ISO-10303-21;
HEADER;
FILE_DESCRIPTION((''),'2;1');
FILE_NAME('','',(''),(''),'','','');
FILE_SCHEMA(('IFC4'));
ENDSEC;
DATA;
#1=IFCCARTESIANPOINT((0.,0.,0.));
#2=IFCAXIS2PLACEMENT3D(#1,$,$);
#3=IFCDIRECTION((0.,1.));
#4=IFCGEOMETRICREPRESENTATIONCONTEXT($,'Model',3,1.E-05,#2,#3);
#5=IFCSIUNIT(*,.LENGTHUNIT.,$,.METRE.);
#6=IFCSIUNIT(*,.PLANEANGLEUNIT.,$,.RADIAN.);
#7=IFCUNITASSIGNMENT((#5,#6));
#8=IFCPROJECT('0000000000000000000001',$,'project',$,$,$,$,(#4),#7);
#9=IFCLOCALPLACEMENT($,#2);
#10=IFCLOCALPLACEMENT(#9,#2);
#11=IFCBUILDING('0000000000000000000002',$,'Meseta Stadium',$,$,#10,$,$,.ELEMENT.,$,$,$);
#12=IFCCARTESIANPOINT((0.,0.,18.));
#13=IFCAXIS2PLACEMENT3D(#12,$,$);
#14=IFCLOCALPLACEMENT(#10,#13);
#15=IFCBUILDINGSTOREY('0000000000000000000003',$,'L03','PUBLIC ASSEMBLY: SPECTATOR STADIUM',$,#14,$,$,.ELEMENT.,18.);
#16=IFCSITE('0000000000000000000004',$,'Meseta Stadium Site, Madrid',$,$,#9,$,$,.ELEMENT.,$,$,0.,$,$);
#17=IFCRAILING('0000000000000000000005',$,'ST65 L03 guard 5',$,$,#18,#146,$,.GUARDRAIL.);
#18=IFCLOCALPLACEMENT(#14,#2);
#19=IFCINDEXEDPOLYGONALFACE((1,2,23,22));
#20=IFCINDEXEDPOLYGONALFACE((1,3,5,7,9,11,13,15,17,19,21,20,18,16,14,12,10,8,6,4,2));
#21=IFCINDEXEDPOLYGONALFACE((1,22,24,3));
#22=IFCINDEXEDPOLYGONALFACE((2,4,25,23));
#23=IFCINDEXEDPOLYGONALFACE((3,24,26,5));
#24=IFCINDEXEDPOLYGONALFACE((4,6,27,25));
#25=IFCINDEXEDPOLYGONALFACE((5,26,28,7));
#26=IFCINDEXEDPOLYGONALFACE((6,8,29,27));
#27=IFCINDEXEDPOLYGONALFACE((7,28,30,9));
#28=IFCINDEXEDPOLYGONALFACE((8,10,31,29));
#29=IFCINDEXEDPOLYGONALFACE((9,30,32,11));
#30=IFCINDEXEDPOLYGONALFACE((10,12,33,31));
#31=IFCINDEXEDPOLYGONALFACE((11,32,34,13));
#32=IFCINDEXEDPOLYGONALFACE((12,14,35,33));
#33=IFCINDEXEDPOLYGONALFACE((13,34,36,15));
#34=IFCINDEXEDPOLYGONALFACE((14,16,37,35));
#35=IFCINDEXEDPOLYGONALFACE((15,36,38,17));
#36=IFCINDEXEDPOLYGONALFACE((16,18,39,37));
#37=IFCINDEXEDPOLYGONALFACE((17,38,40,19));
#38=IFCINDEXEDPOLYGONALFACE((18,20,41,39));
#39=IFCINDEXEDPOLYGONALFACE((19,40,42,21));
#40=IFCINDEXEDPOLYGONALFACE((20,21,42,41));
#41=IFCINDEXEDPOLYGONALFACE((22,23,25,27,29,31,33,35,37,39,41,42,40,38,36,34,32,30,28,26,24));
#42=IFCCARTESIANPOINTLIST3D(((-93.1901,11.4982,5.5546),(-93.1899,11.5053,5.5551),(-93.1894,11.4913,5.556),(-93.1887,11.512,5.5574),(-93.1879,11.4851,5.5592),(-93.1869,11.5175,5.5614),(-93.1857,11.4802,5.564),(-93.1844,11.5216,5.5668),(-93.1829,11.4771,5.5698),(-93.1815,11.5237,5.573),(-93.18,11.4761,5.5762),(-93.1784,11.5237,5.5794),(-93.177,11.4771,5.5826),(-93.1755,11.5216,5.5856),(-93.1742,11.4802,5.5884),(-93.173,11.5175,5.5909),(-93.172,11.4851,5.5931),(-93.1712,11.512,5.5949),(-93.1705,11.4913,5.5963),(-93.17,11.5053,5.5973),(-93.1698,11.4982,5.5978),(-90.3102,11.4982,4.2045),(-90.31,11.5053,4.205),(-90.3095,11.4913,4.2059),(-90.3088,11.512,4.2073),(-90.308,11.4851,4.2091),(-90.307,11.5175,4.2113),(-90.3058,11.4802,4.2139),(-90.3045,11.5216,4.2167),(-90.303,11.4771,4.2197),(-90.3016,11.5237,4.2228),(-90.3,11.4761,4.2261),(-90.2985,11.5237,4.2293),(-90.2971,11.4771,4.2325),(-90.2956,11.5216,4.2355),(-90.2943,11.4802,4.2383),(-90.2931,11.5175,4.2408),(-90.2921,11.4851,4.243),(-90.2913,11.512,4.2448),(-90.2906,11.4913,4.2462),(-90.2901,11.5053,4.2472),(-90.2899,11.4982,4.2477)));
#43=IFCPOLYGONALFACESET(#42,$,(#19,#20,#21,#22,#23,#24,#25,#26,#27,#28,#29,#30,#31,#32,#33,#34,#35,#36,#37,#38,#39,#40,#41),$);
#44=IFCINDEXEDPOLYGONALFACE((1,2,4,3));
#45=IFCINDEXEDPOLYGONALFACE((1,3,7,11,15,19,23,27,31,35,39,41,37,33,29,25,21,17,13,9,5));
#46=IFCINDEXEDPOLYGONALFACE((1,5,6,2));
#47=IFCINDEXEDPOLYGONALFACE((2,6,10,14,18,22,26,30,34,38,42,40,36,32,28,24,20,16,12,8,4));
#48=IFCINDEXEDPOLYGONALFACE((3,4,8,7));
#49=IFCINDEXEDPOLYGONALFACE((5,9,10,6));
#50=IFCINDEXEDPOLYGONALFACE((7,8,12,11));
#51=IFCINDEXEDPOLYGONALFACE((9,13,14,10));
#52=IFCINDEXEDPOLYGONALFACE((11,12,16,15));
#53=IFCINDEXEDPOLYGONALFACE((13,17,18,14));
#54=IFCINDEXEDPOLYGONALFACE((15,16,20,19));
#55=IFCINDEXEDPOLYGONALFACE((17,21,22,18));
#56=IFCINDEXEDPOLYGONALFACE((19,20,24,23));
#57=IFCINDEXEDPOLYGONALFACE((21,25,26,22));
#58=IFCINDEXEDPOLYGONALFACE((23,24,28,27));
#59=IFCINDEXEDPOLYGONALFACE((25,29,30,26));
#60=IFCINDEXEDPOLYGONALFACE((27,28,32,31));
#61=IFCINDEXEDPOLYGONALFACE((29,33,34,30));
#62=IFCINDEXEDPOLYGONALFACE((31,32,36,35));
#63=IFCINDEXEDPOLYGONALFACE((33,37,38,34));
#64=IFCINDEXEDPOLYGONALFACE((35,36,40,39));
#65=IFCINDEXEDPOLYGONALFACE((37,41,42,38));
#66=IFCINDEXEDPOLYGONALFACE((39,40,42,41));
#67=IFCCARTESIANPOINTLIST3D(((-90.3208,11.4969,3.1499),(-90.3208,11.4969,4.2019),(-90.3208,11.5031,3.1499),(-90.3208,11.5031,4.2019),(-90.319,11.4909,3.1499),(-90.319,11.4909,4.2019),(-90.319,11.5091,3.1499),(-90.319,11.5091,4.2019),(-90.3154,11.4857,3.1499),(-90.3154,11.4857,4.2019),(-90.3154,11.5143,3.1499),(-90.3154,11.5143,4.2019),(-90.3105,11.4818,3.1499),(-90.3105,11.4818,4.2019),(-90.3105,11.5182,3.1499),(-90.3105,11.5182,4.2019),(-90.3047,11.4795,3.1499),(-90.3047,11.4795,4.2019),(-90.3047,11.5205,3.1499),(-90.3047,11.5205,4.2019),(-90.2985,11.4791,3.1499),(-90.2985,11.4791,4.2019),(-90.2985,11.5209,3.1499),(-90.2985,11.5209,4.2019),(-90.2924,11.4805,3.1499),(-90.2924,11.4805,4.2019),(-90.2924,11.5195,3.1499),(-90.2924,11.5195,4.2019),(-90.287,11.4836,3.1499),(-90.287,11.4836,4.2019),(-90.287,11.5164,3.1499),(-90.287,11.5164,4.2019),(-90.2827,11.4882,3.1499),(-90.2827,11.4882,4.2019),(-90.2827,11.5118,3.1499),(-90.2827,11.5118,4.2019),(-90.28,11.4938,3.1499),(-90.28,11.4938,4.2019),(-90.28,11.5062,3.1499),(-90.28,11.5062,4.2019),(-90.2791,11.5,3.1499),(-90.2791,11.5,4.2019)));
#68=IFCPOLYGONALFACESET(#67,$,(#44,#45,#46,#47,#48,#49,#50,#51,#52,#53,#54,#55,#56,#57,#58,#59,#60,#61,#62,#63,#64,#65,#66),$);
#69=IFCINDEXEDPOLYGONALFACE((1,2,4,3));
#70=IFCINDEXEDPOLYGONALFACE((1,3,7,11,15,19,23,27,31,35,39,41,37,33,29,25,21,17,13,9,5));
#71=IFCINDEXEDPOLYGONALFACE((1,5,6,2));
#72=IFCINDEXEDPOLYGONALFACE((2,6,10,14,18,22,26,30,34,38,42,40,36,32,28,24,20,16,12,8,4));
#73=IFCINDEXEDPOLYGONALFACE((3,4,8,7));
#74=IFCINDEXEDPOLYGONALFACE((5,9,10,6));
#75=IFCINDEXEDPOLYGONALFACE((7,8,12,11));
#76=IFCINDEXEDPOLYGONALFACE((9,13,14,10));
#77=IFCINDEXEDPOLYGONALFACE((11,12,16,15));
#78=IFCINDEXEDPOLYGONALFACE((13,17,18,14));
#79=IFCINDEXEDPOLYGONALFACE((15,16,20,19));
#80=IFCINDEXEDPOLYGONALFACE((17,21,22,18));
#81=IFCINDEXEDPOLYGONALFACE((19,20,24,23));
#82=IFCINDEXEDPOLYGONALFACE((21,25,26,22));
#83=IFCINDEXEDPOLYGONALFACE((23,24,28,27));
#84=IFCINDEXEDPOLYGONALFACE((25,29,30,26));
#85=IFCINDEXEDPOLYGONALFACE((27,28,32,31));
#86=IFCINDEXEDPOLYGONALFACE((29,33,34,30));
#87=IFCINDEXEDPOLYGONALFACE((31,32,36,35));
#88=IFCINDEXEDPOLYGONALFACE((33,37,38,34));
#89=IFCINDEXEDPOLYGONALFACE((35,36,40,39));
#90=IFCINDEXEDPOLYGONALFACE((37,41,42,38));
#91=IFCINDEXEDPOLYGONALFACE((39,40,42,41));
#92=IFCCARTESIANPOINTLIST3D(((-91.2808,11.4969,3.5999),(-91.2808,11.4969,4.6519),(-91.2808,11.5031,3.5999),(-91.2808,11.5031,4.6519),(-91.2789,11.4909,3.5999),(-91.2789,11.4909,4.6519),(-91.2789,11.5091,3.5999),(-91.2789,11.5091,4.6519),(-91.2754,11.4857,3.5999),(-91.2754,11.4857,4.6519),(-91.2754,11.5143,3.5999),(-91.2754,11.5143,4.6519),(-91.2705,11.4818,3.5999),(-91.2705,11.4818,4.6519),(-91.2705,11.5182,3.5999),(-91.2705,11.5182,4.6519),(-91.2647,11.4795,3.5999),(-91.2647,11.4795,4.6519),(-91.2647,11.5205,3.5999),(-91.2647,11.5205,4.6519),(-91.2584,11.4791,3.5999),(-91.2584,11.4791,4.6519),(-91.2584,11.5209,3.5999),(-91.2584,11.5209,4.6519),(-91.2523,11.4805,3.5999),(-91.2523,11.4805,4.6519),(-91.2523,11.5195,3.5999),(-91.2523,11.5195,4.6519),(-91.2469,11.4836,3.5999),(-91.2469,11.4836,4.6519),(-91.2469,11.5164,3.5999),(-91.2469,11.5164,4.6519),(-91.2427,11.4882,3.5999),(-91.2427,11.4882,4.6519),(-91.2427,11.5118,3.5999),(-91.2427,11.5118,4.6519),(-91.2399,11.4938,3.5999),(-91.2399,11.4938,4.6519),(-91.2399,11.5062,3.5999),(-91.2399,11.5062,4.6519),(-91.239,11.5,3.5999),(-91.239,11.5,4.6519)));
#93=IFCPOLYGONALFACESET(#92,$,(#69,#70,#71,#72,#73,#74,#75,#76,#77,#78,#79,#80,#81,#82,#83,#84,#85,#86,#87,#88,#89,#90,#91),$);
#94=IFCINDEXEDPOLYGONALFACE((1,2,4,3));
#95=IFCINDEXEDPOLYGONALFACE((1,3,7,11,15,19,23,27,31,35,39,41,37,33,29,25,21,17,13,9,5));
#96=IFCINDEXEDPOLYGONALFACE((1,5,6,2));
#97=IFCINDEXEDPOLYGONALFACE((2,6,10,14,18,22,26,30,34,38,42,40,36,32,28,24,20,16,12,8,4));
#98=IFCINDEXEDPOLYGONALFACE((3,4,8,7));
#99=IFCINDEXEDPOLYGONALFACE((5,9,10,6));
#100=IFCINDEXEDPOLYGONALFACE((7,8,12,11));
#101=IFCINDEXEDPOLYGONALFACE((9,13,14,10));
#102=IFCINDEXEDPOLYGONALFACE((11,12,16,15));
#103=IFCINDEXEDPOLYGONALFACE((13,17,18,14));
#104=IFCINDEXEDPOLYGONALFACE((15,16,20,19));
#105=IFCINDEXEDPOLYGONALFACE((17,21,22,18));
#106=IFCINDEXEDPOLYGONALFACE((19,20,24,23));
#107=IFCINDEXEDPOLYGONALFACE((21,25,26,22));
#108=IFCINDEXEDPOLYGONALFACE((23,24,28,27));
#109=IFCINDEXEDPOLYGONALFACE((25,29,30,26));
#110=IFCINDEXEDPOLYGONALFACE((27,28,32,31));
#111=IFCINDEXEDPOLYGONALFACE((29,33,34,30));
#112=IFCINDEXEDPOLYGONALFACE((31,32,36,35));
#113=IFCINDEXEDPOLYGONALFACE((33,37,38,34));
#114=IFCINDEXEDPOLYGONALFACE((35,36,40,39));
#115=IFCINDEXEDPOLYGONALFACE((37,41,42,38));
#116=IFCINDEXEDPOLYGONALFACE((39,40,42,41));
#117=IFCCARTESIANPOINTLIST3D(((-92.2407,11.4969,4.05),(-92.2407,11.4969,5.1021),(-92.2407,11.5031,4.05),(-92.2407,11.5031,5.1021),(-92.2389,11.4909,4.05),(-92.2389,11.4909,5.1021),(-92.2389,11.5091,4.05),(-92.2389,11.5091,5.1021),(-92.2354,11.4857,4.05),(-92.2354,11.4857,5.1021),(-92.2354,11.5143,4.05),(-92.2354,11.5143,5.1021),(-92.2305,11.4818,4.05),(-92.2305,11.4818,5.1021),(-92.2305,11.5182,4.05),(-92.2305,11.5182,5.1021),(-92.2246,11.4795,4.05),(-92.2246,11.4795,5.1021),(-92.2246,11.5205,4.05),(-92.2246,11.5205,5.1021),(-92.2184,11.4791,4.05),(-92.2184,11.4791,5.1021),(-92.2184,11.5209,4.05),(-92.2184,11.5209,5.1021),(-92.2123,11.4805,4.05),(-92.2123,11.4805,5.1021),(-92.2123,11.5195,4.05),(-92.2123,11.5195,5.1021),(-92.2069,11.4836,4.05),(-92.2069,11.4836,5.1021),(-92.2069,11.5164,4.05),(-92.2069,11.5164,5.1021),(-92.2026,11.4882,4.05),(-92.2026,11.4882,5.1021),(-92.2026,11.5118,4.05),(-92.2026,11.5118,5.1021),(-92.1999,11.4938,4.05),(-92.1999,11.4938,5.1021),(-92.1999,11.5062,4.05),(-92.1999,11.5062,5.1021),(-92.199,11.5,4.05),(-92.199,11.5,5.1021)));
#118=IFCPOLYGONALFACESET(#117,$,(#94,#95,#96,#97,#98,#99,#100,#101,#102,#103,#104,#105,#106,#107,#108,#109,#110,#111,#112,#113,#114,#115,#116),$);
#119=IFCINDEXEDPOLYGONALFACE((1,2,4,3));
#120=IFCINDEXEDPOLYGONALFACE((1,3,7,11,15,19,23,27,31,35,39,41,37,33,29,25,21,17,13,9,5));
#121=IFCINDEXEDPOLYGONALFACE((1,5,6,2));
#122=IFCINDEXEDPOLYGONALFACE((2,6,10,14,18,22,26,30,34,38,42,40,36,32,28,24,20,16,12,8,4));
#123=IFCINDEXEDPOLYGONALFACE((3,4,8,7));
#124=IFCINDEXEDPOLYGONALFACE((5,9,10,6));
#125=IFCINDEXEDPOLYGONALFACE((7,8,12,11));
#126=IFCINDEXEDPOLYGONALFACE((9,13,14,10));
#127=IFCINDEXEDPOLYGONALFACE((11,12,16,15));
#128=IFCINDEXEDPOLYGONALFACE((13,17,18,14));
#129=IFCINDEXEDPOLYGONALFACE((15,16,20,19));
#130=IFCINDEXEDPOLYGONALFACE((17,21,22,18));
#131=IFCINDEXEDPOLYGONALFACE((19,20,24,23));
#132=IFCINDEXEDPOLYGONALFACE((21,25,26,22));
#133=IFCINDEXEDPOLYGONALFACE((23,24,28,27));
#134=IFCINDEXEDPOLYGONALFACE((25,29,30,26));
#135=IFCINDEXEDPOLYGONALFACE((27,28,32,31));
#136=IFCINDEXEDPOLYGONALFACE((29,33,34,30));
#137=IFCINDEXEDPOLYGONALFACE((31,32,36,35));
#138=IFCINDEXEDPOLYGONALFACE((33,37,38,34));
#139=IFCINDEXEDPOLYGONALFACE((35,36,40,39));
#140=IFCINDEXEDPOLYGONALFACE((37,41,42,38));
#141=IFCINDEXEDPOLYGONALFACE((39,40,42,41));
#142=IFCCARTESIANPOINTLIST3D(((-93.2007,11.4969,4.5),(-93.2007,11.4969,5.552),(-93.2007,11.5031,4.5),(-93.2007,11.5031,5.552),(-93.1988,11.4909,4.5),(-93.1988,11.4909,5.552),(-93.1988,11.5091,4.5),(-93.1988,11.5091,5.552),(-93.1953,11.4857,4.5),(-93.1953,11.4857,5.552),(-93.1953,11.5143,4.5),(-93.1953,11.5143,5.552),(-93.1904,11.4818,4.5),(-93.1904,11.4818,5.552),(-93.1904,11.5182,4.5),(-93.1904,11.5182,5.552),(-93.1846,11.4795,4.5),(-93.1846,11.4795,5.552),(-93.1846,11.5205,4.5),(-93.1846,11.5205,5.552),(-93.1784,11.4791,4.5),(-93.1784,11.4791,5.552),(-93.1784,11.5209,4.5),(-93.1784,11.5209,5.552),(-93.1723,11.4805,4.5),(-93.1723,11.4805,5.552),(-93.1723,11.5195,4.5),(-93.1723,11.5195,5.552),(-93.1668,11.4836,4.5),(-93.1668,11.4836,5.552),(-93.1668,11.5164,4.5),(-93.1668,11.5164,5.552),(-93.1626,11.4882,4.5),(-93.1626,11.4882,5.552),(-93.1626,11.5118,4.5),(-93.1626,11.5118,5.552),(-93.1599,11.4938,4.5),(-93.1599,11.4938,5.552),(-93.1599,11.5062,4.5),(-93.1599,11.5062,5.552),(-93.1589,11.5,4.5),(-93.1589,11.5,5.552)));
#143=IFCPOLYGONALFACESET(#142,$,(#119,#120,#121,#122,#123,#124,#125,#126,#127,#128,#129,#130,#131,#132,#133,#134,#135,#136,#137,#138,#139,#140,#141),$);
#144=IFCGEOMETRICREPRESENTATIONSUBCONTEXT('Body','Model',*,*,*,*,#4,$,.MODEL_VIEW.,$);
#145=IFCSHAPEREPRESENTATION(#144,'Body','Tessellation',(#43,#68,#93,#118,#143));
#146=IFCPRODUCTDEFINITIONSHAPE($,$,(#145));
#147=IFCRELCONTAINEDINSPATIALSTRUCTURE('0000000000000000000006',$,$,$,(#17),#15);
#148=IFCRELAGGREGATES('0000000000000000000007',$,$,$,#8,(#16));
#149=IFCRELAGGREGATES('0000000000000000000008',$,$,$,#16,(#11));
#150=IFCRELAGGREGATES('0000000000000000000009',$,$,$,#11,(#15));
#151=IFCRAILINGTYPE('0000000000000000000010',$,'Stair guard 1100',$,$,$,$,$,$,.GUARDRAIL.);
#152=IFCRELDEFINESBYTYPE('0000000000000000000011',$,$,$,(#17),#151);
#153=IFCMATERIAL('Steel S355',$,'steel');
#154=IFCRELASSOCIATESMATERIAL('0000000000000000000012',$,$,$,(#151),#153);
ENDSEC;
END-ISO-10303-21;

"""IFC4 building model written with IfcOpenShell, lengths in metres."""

from ifc_helpers import new_model, si_unit, direction, frame, origin, origin_2d, place, context, subcontext, project, spatial, circle, extrude, material, type_object, element, save


model = new_model("IFC4")

# Units and contexts
model_context = context("Model", 3, precision=1e-05, world=origin(), true_north=direction((0.0, 1.0)))
body_context = subcontext(model_context, "Body", "Model", "MODEL_VIEW")
ifc_project = project(units=[si_unit("LENGTHUNIT", "METRE"), si_unit("PLANEANGLEUNIT", "RADIAN")], contexts=[model_context])

# Site, building, storey
site_placement = place(None, origin())
site = spatial("IfcSite", under=ifc_project, at=site_placement, Name="Meseta Stadium Site, Madrid", CompositionType="ELEMENT", RefElevation=0.0)
building_placement = place(site_placement, origin())
building = spatial("IfcBuilding", under=site, at=building_placement, Name="Meseta Stadium", CompositionType="ELEMENT")
storey_placement = place(building_placement, frame((0.0, 0.0, 18.0)))
storey = spatial("IfcBuildingStorey", under=building, at=storey_placement, Name="L03", Description="PUBLIC ASSEMBLY: SPECTATOR STADIUM", CompositionType="ELEMENT", Elevation=18.0)

# Railing
ifc_material_1 = material(Name="Steel S355", Category="steel")
railing_type_1 = type_object("IfcRailingType", Name="Stair guard 1100", PredefinedType="GUARDRAIL", material=ifc_material_1)
railing_1_placement = place(storey_placement, frame((-90.3, 11.5, 3.1499)))
element("IfcRailing", 1, at=railing_1_placement, inside=storey, type_object=railing_type_1, Name="ST65 L03 guard 5", PredefinedType="GUARDRAIL", context=body_context, shape_type="SweptSolid", body=[
    extrude(circle(Radius=0.0239, at=origin_2d()), frame((0.0, 0.0, 1.0762), z_axis=(-0.90544, 0.0, 0.424473), x_axis=(0.0, -1.0, 0.0)), (0.0, 0.0, 1.0), 3.1807),
    extrude(circle(Radius=0.021, at=origin_2d()), origin(), (0.0, 0.0, 1.0), 1.052),
    extrude(circle(Radius=0.021, at=origin_2d()), frame((-0.96, 0.0, 0.45)), (0.0, 0.0, 1.0), 1.052),
    extrude(circle(Radius=0.021, at=origin_2d()), frame((-1.9199, 0.0, 0.9001)), (0.0, 0.0, 1.0), 1.052),
    extrude(circle(Radius=0.021, at=origin_2d()), frame((-2.8799, 0.0, 1.3501)), (0.0, 0.0, 1.0), 1.052),
])

save(model, "model.ifc")
